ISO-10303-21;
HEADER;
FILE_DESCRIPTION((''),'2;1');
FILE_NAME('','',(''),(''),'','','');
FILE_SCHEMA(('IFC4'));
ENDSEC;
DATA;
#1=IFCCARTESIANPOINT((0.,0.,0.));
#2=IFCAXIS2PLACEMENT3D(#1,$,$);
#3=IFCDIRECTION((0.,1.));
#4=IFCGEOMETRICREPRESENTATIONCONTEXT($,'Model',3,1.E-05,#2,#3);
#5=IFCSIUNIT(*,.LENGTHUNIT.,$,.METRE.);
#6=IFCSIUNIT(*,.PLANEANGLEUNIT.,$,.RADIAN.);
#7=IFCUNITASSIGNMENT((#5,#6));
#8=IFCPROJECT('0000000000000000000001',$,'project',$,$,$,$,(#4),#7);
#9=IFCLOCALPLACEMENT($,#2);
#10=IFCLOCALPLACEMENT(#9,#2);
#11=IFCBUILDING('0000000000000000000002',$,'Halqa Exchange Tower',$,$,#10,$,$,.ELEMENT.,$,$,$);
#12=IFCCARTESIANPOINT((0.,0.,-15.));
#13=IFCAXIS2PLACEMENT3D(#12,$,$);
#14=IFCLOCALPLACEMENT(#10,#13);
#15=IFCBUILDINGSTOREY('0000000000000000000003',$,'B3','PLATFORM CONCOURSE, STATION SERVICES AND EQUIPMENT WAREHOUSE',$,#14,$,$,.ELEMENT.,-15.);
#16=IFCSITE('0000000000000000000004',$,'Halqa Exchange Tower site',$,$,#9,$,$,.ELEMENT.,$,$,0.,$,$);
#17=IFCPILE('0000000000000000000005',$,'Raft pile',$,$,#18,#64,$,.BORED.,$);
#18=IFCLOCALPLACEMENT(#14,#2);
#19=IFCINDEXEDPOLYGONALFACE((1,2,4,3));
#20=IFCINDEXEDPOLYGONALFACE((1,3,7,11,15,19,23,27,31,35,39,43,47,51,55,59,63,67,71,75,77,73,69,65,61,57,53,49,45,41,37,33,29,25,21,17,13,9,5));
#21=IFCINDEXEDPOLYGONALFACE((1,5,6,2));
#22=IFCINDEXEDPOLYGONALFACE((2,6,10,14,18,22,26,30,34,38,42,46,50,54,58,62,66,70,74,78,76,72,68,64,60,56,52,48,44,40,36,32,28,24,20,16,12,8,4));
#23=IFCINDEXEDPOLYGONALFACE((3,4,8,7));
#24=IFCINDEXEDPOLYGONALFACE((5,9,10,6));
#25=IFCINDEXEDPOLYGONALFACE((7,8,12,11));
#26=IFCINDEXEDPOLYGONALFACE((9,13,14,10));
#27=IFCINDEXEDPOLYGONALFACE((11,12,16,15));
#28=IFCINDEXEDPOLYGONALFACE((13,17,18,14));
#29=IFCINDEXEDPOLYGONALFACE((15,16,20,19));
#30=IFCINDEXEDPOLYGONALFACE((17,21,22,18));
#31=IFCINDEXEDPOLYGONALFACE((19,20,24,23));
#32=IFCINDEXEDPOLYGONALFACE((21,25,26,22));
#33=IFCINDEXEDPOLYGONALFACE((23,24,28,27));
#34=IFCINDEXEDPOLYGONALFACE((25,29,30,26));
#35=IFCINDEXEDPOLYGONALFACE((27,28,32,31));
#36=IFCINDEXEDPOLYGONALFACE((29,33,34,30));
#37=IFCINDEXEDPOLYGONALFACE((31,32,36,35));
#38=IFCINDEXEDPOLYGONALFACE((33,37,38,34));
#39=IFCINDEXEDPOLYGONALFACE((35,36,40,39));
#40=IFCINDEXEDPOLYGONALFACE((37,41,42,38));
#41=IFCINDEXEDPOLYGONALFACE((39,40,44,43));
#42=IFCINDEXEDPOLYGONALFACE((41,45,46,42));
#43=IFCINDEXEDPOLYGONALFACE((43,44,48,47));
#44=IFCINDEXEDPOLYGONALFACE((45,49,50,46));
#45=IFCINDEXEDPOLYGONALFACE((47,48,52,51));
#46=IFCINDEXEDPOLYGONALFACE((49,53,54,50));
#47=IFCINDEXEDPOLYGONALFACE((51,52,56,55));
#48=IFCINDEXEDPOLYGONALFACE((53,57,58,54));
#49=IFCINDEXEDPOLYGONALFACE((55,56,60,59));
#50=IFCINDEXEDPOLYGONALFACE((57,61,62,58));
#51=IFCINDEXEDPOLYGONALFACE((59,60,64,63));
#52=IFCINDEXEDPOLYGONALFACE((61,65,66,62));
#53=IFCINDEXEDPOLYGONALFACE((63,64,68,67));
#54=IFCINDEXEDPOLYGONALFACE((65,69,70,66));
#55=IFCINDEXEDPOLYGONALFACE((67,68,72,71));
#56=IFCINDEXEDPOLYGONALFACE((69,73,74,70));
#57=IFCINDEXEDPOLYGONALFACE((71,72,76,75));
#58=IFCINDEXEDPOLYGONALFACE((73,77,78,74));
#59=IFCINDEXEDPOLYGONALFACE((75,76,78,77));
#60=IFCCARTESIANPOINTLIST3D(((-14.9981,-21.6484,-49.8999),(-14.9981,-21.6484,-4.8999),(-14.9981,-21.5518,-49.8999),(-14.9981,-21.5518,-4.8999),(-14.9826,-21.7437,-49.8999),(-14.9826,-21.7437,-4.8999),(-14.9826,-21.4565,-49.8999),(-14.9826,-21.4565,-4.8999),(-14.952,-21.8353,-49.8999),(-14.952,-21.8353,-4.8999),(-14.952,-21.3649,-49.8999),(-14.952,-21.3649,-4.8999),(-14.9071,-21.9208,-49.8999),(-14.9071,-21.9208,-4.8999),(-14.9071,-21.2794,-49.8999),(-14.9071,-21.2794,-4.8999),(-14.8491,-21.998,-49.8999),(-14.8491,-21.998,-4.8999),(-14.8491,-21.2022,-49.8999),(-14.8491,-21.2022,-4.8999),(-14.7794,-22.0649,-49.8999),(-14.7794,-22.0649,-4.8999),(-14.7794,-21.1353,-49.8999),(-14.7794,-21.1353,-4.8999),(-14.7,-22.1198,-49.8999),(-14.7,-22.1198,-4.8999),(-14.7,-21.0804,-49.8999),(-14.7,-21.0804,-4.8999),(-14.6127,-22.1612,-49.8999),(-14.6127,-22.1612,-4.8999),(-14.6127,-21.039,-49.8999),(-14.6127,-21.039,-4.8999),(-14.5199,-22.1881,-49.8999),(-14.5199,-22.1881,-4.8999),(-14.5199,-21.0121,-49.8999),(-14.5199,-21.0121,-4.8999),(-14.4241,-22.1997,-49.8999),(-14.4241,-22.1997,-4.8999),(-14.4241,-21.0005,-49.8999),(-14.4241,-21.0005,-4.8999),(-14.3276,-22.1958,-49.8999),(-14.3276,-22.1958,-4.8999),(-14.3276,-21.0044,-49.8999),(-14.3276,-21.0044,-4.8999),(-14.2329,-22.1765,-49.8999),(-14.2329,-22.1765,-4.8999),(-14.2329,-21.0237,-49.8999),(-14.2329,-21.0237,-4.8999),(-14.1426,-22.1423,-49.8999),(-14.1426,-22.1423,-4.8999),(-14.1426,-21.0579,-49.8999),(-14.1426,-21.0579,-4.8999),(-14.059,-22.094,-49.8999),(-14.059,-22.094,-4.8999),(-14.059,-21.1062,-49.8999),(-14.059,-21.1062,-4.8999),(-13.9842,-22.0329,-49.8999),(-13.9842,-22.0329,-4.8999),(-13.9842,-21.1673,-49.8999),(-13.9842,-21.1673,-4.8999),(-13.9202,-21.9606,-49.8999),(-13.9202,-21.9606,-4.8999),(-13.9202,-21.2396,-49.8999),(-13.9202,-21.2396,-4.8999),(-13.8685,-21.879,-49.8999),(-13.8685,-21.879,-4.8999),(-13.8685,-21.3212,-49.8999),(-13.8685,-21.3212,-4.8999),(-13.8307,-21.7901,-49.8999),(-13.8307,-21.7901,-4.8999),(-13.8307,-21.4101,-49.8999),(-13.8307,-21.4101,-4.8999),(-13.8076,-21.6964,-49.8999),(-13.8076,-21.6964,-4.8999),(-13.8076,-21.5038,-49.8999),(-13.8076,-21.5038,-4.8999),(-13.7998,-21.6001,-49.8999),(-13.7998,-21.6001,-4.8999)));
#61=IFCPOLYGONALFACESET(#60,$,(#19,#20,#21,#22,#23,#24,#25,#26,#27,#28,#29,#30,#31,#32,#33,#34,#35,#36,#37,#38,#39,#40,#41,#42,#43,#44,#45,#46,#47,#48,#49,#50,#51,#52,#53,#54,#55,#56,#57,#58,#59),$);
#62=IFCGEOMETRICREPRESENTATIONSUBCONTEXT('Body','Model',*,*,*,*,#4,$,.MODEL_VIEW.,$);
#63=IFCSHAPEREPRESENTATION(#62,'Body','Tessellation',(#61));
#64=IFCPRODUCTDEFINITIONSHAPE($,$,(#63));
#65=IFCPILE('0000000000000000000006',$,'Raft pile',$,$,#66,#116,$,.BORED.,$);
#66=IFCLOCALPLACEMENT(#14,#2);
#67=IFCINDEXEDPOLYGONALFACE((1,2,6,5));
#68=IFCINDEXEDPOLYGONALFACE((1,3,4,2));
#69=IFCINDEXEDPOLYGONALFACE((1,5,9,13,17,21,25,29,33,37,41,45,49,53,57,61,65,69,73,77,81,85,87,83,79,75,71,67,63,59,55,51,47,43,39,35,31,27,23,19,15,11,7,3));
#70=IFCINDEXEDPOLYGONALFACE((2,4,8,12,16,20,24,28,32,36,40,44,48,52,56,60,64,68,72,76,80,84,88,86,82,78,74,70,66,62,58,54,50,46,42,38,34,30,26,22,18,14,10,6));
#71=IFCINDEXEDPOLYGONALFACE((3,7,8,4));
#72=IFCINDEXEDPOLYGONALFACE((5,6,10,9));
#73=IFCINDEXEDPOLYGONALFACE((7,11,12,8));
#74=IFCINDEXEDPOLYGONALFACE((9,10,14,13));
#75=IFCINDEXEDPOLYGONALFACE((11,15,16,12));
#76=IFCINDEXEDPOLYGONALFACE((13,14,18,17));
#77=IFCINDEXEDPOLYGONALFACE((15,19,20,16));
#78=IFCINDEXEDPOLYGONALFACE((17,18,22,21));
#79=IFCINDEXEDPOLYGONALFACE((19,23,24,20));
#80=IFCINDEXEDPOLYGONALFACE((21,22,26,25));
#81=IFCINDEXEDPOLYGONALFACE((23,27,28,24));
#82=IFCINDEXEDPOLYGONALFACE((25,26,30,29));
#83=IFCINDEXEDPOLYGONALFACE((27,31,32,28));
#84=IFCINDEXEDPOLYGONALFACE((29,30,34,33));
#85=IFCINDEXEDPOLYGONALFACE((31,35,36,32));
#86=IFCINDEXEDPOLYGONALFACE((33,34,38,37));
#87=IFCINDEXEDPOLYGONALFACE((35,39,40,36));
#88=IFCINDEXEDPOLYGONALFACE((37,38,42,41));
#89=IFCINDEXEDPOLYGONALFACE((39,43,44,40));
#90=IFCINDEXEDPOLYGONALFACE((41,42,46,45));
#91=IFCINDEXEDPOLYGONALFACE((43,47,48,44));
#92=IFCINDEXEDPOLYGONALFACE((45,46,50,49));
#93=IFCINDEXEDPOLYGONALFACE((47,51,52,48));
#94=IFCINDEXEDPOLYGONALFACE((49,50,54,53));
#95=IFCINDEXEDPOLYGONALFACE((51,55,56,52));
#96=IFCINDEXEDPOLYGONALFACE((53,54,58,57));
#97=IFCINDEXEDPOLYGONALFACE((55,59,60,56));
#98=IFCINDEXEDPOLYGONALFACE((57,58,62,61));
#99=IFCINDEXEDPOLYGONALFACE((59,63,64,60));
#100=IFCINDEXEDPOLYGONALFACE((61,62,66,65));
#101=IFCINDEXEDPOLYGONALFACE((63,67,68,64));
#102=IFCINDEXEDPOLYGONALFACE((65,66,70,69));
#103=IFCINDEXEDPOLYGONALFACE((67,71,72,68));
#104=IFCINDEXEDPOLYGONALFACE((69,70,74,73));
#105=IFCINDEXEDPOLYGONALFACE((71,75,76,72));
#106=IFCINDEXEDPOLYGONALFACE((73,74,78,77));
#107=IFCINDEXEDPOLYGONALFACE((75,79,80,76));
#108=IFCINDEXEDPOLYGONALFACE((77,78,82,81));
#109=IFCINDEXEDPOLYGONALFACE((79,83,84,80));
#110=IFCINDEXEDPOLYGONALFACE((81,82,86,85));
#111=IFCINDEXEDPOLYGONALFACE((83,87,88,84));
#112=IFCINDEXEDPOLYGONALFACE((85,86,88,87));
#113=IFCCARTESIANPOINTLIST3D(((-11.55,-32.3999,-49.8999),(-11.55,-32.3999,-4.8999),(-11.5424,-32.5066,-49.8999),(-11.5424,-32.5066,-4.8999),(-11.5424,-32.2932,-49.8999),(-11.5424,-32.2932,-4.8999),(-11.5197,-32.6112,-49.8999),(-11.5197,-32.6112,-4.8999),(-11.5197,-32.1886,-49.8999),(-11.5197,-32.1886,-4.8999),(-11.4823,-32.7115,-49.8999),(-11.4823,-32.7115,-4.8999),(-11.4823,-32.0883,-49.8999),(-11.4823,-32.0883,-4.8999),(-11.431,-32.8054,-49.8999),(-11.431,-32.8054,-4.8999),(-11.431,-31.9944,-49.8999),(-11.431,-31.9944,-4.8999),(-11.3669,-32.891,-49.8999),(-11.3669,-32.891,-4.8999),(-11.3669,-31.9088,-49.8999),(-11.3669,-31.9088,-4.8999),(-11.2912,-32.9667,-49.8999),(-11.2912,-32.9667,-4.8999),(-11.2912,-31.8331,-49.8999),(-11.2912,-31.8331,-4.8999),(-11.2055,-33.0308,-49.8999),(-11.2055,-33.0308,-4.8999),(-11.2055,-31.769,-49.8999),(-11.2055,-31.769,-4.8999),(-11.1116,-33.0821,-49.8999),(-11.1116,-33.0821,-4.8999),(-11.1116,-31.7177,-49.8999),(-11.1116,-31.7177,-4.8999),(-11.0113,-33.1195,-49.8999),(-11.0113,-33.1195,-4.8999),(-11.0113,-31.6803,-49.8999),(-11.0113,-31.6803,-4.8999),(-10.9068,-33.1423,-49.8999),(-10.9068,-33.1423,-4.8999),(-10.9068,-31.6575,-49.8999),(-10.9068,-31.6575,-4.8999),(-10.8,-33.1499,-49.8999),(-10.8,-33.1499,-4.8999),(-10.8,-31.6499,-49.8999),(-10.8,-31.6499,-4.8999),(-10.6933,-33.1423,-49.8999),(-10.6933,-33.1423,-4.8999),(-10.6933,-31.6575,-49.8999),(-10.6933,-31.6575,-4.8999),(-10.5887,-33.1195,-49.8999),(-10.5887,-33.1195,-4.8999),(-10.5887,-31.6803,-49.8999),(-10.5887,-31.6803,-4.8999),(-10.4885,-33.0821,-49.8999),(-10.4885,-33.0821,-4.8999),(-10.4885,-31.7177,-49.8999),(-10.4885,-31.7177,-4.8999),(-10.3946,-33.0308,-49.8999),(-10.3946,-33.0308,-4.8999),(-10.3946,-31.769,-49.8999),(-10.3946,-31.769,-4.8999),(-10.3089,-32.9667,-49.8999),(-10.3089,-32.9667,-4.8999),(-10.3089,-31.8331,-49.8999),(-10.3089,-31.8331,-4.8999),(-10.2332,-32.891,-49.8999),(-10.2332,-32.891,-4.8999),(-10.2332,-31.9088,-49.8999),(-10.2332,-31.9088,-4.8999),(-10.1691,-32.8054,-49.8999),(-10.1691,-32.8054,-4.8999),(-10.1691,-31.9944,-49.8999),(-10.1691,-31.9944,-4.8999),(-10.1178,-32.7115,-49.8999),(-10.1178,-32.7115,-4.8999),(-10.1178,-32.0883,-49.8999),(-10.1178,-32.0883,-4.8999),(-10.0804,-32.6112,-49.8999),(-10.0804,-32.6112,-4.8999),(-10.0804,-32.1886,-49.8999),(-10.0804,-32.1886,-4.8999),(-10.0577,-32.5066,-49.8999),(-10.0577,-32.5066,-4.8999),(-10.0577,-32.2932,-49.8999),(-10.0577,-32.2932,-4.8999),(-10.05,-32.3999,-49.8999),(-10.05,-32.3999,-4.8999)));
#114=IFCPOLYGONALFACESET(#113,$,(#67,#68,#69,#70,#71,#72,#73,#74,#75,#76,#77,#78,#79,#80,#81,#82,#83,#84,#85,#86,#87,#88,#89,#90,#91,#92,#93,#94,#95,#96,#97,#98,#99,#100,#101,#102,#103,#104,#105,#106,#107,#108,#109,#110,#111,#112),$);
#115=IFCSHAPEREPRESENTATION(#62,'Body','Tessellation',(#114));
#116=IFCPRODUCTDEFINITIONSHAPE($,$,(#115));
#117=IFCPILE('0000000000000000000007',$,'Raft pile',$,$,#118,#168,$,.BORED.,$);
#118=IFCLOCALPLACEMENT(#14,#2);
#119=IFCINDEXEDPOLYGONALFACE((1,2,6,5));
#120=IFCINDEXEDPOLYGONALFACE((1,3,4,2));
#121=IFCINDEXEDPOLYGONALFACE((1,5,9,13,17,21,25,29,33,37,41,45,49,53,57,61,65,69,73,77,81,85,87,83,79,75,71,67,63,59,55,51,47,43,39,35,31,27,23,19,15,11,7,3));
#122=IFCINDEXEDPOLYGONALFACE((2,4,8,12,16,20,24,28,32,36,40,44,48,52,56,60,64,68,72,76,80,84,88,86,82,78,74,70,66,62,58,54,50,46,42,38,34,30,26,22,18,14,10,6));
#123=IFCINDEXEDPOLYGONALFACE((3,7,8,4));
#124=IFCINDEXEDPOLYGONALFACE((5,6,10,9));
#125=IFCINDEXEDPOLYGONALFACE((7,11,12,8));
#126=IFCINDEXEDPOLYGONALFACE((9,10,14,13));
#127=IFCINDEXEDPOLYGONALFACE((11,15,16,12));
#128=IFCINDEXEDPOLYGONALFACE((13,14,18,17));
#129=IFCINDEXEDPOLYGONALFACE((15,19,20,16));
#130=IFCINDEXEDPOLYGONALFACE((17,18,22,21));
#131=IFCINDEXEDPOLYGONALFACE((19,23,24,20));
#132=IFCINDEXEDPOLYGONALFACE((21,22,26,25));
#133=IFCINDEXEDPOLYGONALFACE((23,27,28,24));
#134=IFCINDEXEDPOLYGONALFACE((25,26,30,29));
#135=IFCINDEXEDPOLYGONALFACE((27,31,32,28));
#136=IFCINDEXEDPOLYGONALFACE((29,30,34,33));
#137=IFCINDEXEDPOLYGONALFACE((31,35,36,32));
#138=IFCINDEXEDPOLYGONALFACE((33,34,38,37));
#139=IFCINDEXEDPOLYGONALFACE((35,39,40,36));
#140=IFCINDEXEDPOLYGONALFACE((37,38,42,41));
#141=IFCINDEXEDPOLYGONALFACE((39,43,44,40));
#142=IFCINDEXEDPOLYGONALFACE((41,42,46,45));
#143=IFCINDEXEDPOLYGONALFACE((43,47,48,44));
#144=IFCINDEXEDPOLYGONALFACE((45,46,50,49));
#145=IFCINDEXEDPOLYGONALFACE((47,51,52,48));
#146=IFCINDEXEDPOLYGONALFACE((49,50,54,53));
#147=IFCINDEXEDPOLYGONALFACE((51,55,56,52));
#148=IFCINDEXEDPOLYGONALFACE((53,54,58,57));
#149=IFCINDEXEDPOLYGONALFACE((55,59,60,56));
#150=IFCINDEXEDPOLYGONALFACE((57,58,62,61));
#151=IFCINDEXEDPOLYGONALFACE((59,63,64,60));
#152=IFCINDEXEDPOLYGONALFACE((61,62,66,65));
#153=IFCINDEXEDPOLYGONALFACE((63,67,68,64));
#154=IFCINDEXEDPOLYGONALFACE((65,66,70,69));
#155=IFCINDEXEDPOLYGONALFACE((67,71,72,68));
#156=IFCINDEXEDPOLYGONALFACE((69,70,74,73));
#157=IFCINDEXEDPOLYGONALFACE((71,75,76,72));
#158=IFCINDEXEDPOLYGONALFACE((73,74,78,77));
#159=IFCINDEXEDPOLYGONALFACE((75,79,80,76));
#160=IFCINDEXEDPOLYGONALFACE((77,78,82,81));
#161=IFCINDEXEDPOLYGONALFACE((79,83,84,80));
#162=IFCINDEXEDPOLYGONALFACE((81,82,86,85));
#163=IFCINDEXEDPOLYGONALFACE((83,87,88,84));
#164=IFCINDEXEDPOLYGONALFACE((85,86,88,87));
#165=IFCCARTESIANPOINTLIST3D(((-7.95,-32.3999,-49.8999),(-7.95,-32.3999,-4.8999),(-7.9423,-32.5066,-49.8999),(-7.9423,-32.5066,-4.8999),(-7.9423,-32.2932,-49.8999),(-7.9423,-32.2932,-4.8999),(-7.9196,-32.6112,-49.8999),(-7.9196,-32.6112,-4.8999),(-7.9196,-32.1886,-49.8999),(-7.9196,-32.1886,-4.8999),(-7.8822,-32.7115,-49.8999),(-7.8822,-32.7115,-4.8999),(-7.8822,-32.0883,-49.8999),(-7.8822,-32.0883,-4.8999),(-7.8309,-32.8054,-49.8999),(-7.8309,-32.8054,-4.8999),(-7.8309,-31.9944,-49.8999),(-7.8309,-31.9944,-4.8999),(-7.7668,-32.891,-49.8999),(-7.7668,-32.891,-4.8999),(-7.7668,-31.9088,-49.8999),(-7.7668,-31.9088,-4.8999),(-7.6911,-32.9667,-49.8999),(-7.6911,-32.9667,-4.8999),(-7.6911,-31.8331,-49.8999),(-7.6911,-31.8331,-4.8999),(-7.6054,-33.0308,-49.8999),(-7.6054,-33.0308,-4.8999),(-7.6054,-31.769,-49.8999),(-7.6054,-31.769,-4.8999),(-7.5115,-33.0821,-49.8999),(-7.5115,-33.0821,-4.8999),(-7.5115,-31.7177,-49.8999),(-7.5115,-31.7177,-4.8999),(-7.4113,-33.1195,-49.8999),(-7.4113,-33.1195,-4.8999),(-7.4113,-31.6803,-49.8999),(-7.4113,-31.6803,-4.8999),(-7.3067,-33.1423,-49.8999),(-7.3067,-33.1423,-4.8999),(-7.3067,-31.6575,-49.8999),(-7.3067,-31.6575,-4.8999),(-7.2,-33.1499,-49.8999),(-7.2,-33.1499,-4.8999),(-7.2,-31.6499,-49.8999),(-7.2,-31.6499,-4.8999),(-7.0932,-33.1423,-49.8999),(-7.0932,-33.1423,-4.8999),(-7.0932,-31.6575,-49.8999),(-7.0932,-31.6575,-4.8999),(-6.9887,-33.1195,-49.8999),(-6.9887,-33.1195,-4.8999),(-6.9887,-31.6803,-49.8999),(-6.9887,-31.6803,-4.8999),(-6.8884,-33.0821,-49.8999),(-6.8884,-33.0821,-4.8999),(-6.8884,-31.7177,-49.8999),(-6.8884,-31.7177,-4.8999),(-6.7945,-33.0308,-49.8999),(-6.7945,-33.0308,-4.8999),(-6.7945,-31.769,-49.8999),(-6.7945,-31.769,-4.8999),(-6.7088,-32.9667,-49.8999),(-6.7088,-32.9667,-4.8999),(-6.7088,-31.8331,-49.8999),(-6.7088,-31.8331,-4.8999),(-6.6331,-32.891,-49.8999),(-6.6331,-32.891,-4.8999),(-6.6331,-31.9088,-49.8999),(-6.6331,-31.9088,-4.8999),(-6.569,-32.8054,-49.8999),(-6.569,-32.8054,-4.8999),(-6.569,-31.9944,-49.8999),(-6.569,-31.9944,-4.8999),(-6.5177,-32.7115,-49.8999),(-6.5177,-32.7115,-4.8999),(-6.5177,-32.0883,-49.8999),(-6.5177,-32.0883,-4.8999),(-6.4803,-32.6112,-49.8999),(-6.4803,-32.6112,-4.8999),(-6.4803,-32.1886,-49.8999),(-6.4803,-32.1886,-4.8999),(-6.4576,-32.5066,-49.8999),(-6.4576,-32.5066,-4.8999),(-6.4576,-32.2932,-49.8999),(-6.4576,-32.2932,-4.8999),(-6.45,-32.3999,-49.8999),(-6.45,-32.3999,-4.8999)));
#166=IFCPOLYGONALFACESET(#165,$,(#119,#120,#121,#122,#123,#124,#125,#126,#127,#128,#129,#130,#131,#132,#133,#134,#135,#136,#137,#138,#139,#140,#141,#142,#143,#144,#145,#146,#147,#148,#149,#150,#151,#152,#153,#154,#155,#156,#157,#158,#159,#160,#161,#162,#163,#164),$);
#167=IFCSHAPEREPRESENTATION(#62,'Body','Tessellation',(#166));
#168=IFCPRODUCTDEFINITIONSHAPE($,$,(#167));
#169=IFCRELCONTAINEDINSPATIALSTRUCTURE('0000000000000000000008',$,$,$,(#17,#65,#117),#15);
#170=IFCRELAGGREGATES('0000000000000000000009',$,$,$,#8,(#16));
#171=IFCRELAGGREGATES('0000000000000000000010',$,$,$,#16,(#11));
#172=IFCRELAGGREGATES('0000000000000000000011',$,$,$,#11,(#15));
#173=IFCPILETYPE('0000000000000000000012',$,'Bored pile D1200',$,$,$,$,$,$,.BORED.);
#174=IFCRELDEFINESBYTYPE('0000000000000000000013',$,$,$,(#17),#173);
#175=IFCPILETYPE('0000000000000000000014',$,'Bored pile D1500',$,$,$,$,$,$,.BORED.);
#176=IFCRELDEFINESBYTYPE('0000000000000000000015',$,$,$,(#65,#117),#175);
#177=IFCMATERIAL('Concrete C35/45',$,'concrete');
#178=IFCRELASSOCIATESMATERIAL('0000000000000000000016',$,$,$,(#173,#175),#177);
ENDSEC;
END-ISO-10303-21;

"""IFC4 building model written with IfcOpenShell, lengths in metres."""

from ifc_helpers import new_model, si_unit, direction, frame, origin, origin_2d, place, context, subcontext, project, spatial, circle, extrude, material, material_profile, profile_set, type_object, element, save


model = new_model("IFC4")

# Units and contexts
model_context = context("Model", 3, precision=1e-05, world=origin(), true_north=direction((0.0, 1.0)))
body_context = subcontext(model_context, "Body", "Model", "MODEL_VIEW")
ifc_project = project(units=[si_unit("LENGTHUNIT", "METRE"), si_unit("PLANEANGLEUNIT", "RADIAN")], contexts=[model_context])

# Site, building, storey
site_placement = place(None, origin())
site = spatial("IfcSite", under=ifc_project, at=site_placement, Name="Halqa Exchange Tower site", CompositionType="ELEMENT", RefElevation=0.0)
building_placement = place(site_placement, origin())
building = spatial("IfcBuilding", under=site, at=building_placement, Name="Halqa Exchange Tower", CompositionType="ELEMENT")
storey_placement = place(building_placement, frame((0.0, 0.0, -15.0)))
storey = spatial("IfcBuildingStorey", under=building, at=storey_placement, Name="B3", Description="PLATFORM CONCOURSE, STATION SERVICES AND EQUIPMENT WAREHOUSE", CompositionType="ELEMENT", Elevation=-15.0)

# Piles
ifc_material_1 = material(Name="Concrete C35/45", Category="concrete")
ifc_material_profile_1 = material_profile(ifc_material_1, circle(Radius=0.6001, at=origin_2d()), Name="D1200")
ifc_profile_set_1 = profile_set([ifc_material_profile_1], Name="Concrete C35/45")
pile_type_1 = type_object("IfcPileType", Name="Bored pile D1200", PredefinedType="BORED", material=ifc_profile_set_1)
for number, where, z_axis, x_axis, name in (
    (1, (-14.3999, -21.6001, -4.8999), (0.0, 0.0, -1.0), (1.0, 0.0, 0.0), "Raft pile"),
):
    element("IfcPile", number, at=place(storey_placement, frame(where, z_axis=z_axis, x_axis=x_axis)), inside=storey, type_object=pile_type_1, Name=name, PredefinedType="BORED", context=body_context, shape_type="SweptSolid", body=[
        extrude(circle(Radius=0.6001, at=origin_2d()), origin(), (0.0, 0.0, 1.0), 45.0),
    ])
ifc_material_profile_2 = material_profile(ifc_material_1, circle(Radius=0.75, at=origin_2d()), Name="D1500")
ifc_profile_set_2 = profile_set([ifc_material_profile_2], Name="Concrete C35/45")
pile_type_2 = type_object("IfcPileType", Name="Bored pile D1500", PredefinedType="BORED", material=ifc_profile_set_2)
for number, where, z_axis, x_axis, name in (
    (2, (-10.8, -32.3999, -4.8999), (0.0, 0.0, -1.0), (1.0, 0.0, 0.0), "Raft pile"),
    (3, (-7.2, -32.3999, -4.8999), (0.0, 0.0, -1.0), (1.0, 0.0, 0.0), "Raft pile"),
):
    element("IfcPile", number, at=place(storey_placement, frame(where, z_axis=z_axis, x_axis=x_axis)), inside=storey, type_object=pile_type_2, Name=name, PredefinedType="BORED", context=body_context, shape_type="SweptSolid", body=[
        extrude(circle(Radius=0.75, at=origin_2d()), origin(), (0.0, 0.0, 1.0), 45.0),
    ])

save(model, "model.ifc")
